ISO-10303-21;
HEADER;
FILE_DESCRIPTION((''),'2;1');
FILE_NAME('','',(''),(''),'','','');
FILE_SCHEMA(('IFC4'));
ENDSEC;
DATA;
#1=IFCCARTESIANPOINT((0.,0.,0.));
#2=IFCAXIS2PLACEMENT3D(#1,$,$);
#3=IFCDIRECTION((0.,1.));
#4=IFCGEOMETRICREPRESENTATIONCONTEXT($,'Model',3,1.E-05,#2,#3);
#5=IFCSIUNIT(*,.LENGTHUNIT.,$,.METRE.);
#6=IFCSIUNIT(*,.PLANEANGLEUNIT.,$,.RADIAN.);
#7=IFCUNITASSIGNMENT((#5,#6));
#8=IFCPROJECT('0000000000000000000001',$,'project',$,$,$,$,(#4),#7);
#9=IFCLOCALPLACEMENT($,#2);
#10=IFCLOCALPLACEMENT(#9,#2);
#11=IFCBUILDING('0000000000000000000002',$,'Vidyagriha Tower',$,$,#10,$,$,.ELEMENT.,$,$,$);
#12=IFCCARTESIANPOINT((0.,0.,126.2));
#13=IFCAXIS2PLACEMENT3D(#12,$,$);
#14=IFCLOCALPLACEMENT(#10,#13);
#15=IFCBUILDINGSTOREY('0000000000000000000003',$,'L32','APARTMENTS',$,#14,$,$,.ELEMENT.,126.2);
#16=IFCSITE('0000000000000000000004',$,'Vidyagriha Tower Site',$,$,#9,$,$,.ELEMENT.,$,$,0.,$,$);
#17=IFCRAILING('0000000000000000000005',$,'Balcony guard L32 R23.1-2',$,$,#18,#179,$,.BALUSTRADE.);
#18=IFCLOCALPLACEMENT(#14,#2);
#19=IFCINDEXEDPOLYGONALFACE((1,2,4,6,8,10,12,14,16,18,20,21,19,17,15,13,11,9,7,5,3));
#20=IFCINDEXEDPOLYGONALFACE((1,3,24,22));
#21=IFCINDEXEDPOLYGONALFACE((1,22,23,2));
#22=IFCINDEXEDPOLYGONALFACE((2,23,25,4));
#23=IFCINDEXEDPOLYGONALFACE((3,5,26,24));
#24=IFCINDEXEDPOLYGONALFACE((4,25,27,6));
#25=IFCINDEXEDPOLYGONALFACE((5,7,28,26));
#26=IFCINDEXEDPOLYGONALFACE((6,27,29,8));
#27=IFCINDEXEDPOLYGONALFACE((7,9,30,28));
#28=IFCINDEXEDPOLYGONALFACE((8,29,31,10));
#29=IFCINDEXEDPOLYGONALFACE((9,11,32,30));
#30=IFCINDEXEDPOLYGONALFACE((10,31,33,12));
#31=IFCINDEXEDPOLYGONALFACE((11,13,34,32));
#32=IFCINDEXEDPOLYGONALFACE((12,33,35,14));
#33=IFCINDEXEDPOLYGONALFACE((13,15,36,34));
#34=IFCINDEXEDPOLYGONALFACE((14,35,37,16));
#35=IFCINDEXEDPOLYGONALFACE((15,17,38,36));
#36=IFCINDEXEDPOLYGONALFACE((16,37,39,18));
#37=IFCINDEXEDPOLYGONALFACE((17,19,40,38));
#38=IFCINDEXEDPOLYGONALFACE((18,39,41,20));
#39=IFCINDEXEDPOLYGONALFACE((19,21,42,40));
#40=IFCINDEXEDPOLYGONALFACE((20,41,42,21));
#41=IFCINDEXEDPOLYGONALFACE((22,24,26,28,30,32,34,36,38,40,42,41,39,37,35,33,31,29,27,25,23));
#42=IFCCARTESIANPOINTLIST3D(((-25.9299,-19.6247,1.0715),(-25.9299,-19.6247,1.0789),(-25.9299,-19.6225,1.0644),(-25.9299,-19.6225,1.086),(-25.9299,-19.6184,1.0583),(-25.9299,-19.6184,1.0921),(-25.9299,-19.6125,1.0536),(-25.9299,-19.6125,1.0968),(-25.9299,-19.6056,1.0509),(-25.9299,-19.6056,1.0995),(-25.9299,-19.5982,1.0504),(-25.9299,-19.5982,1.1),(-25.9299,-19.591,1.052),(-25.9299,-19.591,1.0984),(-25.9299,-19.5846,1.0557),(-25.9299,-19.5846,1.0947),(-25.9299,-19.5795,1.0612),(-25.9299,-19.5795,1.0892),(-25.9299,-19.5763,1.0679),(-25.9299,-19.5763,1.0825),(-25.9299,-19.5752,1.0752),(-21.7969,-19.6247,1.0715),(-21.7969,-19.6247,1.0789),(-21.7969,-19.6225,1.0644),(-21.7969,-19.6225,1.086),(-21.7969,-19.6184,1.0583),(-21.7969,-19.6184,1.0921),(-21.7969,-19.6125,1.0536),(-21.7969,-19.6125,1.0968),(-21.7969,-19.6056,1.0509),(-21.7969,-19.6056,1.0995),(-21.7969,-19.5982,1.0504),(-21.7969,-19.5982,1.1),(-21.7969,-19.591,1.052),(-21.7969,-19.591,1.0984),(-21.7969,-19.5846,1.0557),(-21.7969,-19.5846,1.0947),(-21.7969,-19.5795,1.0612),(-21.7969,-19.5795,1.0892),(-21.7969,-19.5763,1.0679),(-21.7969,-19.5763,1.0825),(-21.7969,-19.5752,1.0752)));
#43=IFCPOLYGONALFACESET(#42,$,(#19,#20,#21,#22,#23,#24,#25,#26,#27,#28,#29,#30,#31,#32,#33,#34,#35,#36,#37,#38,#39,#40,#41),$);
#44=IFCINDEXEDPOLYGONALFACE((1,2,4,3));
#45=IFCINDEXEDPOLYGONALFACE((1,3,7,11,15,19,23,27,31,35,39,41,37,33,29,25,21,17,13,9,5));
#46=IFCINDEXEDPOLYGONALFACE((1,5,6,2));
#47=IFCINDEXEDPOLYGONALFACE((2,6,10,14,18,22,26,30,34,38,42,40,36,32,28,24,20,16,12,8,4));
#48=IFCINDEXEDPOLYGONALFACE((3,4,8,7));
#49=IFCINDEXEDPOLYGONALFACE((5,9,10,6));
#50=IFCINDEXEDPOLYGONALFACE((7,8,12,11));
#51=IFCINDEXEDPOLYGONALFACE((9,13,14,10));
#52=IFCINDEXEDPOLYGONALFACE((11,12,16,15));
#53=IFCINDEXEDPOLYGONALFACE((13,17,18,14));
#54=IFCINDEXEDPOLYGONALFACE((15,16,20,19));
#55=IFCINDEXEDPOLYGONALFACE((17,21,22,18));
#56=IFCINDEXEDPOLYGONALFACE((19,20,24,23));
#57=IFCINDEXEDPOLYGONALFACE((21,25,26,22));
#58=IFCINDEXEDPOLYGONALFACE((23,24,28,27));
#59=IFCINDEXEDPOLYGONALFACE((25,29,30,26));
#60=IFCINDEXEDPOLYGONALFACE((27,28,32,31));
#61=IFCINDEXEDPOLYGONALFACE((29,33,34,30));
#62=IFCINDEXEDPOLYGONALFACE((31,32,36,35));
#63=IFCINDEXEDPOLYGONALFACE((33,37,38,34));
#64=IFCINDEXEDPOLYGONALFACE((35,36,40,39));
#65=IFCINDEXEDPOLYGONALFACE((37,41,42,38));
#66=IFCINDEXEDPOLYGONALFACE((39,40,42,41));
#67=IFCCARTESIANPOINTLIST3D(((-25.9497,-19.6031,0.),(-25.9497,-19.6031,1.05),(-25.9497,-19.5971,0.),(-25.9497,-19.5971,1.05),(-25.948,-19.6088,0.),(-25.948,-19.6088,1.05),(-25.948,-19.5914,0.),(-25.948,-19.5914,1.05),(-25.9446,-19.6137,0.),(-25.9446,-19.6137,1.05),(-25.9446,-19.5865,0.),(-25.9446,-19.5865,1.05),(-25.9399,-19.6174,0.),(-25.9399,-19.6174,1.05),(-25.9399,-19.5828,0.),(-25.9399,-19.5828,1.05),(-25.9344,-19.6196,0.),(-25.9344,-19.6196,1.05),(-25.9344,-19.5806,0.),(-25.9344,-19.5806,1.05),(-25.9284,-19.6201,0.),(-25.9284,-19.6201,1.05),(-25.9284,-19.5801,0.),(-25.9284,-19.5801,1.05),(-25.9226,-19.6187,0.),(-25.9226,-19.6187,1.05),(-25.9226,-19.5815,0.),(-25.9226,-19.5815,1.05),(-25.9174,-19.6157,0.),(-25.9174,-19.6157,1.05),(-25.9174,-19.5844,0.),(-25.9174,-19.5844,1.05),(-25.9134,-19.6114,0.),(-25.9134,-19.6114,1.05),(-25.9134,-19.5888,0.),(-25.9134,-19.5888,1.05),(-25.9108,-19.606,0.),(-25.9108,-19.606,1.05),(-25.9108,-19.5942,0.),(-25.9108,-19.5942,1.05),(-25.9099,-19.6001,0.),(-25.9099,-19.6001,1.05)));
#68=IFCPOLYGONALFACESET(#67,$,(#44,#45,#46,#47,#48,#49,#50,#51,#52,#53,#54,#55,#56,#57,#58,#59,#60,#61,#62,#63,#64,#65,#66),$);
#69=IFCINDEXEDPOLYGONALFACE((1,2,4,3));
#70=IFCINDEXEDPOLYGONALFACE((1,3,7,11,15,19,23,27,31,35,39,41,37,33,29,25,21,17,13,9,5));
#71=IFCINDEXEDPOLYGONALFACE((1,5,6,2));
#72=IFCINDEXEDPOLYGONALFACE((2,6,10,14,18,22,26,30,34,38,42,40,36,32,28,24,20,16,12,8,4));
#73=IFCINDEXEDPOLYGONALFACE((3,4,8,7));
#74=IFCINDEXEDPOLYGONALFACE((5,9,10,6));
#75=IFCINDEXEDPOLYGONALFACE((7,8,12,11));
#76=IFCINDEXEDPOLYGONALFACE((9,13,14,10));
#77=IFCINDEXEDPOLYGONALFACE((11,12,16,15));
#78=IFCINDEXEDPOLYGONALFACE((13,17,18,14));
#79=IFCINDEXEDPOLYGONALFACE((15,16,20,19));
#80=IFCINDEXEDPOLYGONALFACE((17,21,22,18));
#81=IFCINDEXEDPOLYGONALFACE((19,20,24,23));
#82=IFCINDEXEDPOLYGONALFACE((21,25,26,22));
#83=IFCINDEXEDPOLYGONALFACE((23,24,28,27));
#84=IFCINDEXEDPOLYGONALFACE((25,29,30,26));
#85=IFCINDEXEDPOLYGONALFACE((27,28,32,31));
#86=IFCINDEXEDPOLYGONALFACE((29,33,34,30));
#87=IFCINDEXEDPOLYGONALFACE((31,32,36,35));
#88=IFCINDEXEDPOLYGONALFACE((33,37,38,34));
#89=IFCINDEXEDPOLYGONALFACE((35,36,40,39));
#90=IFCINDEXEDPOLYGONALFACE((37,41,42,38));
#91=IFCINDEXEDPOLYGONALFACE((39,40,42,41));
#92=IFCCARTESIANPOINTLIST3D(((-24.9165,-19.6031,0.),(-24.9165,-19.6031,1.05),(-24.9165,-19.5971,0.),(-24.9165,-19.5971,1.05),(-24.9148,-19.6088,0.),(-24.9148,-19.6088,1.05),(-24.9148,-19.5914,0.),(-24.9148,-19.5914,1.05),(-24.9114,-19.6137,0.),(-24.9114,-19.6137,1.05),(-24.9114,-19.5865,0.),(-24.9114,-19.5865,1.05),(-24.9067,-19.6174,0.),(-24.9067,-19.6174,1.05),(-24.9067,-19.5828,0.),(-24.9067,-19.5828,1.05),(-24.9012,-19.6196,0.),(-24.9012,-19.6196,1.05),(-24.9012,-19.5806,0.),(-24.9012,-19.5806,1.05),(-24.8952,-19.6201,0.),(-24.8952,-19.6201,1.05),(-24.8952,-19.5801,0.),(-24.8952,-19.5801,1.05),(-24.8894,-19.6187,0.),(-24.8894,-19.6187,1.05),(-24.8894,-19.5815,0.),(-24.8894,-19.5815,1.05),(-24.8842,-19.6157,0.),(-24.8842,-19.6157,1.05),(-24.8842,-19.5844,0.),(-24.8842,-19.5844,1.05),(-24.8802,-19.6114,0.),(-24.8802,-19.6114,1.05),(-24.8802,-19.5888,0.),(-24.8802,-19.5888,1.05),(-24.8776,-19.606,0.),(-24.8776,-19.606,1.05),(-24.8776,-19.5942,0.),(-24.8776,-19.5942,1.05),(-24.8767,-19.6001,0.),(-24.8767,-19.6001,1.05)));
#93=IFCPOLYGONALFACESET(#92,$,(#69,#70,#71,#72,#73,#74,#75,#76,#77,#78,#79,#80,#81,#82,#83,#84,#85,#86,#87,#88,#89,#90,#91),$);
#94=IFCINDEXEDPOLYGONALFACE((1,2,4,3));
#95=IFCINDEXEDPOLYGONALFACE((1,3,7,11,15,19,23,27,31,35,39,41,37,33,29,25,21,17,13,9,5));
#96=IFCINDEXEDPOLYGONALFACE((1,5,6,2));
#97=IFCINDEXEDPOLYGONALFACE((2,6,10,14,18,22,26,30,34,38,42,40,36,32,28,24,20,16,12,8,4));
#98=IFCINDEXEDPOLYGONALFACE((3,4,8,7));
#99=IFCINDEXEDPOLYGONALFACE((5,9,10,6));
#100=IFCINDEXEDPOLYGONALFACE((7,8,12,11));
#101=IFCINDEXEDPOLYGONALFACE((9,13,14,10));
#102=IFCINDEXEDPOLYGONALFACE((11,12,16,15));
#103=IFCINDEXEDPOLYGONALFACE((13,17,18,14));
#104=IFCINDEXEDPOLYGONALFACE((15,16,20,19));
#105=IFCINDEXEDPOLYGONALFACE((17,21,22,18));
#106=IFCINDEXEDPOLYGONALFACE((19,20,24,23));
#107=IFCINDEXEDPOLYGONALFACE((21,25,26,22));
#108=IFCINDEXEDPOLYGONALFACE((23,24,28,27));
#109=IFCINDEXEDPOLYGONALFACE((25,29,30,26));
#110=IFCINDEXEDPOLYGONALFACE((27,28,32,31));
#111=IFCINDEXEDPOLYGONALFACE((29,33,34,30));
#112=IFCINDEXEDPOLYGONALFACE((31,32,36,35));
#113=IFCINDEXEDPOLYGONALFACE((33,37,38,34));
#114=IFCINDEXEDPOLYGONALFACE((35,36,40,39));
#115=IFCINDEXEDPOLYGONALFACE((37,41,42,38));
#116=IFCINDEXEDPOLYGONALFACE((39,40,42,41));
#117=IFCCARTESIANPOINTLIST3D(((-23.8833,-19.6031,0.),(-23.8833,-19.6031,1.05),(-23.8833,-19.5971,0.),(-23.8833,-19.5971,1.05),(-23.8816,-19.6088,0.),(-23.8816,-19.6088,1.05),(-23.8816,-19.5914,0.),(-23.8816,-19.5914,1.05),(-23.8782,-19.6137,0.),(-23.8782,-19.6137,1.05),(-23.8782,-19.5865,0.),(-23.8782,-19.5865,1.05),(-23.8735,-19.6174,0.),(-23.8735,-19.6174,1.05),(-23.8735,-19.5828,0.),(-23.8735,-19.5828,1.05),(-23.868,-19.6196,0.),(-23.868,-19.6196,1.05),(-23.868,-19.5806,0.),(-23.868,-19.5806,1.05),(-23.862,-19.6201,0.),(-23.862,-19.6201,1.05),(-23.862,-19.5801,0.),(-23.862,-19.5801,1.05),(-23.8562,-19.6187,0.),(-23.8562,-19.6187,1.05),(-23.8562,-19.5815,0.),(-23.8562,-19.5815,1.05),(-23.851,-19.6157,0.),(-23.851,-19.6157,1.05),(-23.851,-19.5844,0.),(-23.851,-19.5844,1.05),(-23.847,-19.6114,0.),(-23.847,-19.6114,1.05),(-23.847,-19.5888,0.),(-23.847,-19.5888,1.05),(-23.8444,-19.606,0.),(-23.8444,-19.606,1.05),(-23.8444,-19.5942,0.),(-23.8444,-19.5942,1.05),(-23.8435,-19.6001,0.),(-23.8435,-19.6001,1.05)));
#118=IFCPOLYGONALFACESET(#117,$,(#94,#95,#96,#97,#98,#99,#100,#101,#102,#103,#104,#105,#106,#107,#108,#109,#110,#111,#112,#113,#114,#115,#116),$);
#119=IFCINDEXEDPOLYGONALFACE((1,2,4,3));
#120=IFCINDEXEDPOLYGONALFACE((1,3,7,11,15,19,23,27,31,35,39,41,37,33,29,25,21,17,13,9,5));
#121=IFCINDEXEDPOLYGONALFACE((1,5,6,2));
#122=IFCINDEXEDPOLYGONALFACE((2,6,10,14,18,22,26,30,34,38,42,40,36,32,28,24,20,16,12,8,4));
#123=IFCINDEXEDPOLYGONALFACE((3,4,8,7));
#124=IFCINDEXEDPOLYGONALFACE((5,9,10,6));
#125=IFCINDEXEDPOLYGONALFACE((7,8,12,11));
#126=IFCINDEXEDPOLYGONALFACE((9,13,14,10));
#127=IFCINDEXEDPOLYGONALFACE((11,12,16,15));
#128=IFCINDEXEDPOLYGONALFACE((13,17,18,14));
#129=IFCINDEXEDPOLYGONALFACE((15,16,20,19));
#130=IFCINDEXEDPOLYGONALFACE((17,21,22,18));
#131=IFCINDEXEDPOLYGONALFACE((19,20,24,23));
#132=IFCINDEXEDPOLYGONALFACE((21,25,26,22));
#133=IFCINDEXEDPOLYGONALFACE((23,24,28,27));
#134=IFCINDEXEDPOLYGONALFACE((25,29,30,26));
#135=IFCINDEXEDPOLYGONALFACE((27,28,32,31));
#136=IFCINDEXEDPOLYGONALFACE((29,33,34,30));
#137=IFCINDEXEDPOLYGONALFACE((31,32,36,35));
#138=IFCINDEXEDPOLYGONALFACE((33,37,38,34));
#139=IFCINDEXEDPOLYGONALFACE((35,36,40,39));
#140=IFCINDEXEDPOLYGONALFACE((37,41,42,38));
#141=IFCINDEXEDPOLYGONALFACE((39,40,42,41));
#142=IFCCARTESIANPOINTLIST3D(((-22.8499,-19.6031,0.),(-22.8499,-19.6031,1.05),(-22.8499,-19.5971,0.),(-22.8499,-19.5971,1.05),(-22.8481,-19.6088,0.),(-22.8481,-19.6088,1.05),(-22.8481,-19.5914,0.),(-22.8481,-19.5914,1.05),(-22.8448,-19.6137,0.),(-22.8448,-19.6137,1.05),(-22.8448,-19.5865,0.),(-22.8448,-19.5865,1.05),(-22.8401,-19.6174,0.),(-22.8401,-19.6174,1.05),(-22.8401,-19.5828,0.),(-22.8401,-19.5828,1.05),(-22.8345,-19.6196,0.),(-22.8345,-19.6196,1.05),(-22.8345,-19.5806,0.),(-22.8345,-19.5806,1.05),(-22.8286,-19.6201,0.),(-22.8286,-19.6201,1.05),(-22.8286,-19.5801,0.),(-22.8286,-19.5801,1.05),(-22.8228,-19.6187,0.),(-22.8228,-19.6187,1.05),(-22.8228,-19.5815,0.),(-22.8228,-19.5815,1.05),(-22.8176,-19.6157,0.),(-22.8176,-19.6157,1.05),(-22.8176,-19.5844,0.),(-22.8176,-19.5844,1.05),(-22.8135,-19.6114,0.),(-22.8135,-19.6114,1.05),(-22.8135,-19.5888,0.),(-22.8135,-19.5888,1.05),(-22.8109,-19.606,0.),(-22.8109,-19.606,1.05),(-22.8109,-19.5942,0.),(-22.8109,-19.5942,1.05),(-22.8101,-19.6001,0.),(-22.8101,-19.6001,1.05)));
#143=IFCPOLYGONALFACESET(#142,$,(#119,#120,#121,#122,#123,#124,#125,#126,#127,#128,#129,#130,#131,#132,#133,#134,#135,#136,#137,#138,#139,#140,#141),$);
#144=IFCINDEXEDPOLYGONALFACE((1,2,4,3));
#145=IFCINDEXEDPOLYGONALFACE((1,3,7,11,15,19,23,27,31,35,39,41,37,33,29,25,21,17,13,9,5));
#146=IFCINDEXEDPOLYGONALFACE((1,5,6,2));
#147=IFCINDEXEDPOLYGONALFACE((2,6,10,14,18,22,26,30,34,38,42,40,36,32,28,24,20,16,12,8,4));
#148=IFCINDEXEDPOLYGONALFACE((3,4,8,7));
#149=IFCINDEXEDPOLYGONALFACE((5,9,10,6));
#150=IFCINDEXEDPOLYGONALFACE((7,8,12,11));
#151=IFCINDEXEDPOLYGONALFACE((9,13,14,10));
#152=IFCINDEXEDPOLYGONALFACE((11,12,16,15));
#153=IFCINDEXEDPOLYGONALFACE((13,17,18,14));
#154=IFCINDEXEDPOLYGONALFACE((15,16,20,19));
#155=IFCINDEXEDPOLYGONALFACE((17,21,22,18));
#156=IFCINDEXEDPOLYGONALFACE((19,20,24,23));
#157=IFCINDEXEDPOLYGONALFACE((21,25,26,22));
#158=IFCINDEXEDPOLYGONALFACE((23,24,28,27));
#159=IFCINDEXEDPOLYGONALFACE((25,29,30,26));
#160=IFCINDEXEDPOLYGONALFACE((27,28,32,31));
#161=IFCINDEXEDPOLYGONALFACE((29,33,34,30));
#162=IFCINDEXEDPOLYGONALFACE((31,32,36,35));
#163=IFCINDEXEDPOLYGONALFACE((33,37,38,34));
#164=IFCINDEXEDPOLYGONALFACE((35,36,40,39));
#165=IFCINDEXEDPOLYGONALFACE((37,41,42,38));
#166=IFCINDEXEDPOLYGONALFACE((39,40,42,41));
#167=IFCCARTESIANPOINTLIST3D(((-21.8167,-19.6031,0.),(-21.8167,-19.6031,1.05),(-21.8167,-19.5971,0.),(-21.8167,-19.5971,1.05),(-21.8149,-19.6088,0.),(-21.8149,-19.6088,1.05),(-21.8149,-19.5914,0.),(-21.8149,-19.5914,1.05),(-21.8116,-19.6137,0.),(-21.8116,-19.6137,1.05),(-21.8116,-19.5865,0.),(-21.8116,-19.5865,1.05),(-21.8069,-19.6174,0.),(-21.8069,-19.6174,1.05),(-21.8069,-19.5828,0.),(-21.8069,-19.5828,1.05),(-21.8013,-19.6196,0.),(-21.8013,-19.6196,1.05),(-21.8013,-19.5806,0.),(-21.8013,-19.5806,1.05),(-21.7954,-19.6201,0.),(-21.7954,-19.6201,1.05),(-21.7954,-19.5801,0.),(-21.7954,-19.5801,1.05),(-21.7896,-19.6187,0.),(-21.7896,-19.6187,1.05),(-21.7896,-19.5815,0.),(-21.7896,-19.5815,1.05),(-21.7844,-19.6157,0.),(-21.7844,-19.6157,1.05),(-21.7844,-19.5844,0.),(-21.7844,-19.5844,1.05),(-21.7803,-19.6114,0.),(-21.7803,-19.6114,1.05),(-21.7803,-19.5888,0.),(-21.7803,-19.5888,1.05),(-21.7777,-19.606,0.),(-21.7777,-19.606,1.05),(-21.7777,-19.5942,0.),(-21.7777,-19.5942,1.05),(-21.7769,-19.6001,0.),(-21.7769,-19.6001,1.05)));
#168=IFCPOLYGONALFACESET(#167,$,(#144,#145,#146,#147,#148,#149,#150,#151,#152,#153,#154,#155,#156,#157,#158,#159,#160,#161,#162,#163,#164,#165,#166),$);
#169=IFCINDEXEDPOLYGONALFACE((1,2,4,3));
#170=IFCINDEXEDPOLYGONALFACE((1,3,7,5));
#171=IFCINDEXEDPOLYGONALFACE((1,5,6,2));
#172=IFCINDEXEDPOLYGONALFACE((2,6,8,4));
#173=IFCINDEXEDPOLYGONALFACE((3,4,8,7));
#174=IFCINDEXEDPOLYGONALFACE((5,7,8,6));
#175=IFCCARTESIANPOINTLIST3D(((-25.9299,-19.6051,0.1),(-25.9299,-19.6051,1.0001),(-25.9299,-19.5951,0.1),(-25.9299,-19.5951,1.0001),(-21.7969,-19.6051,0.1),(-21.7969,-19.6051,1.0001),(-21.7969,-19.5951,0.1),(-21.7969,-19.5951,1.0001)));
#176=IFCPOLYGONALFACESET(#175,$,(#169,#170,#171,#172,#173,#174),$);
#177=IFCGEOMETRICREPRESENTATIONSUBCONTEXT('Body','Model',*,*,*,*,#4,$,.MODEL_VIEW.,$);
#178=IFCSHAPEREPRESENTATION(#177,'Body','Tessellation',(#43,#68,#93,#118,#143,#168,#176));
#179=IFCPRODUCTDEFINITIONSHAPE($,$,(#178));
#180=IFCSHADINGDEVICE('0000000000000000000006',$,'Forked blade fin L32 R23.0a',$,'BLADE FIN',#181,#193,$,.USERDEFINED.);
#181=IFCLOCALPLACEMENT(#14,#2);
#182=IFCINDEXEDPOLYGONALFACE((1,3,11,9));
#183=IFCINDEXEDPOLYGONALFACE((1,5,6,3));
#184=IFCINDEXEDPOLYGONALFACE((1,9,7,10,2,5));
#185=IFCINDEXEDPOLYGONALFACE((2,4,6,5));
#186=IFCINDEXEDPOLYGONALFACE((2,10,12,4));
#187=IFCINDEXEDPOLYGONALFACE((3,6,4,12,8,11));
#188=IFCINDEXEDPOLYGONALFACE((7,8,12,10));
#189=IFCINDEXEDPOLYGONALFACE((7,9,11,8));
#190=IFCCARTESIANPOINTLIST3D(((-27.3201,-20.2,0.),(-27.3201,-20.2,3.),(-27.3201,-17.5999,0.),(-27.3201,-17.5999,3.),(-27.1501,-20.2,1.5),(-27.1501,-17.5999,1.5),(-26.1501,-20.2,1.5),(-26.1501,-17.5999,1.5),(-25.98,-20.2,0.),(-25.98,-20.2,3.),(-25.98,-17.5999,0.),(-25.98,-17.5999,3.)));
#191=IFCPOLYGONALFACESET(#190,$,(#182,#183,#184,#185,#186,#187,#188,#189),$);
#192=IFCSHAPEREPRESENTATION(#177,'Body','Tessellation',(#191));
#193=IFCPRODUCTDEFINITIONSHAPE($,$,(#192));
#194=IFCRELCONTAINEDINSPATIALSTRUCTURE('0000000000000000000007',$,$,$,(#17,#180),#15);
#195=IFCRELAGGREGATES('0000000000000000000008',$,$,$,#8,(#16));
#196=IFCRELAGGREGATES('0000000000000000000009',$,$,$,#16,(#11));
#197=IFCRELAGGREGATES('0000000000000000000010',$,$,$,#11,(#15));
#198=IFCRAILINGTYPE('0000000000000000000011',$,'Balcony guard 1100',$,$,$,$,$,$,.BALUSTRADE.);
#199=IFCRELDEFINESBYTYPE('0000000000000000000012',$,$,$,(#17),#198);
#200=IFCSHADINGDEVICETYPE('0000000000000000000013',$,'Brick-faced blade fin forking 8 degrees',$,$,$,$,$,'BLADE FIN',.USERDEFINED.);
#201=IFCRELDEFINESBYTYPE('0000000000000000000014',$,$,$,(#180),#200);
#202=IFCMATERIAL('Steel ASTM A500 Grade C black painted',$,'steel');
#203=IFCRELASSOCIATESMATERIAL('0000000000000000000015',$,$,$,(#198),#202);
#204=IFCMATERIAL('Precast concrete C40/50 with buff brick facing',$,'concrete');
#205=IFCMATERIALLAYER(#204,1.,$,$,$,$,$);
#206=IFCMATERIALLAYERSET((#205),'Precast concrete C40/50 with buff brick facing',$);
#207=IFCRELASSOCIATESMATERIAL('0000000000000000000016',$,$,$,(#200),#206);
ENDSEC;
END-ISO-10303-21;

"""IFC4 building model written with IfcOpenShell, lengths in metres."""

from ifc_helpers import new_model, si_unit, direction, frame, origin, origin_2d, place, context, subcontext, project, spatial, polyline, rectangle, circle, outline, extrude, material, layer, layer_set, type_object, element, save


model = new_model("IFC4")

# Units and contexts
model_context = context("Model", 3, precision=1e-05, world=origin(), true_north=direction((0.0, 1.0)))
body_context = subcontext(model_context, "Body", "Model", "MODEL_VIEW")
ifc_project = project(units=[si_unit("LENGTHUNIT", "METRE"), si_unit("PLANEANGLEUNIT", "RADIAN")], contexts=[model_context])

# Site, building, storey
site_placement = place(None, origin())
site = spatial("IfcSite", under=ifc_project, at=site_placement, Name="Vidyagriha Tower Site", CompositionType="ELEMENT", RefElevation=0.0)
building_placement = place(site_placement, origin())
building = spatial("IfcBuilding", under=site, at=building_placement, Name="Vidyagriha Tower", CompositionType="ELEMENT")
storey_placement = place(building_placement, frame((0.0, 0.0, 126.2)))
storey = spatial("IfcBuildingStorey", under=building, at=storey_placement, Name="L32", Description="APARTMENTS", CompositionType="ELEMENT", Elevation=126.2)

# Railing
ifc_material_1 = material(Name="Steel ASTM A500 Grade C black painted", Category="steel")
railing_type_1 = type_object("IfcRailingType", Name="Balcony guard 1100", PredefinedType="BALUSTRADE", material=ifc_material_1)
railing_1_placement = place(storey_placement, frame((-25.9299, -19.6001, 0.0)))
element("IfcRailing", 1, at=railing_1_placement, inside=storey, type_object=railing_type_1, Name="Balcony guard L32 R23.1-2", PredefinedType="BALUSTRADE", context=body_context, shape_type="SweptSolid", body=[
    extrude(circle(Radius=0.0249, at=origin_2d()), frame((0.0, 0.0, 1.0752), z_axis=(1.0, 0.0, 0.0), x_axis=(0.0, 1.0, 0.0)), (0.0, 0.0, 1.0), 4.1331),
    extrude(circle(Radius=0.02, at=origin_2d()), origin(), (0.0, 0.0, 1.0), 1.05),
    extrude(circle(Radius=0.02, at=origin_2d()), frame((1.0332, 0.0, 0.0)), (0.0, 0.0, 1.0), 1.05),
    extrude(circle(Radius=0.02, at=origin_2d()), frame((2.0664, 0.0, 0.0)), (0.0, 0.0, 1.0), 1.05),
    extrude(circle(Radius=0.02, at=origin_2d()), frame((3.0999, 0.0, 0.0)), (0.0, 0.0, 1.0), 1.05),
    extrude(circle(Radius=0.02, at=origin_2d()), frame((4.1331, 0.0, 0.0)), (0.0, 0.0, 1.0), 1.05),
    extrude(rectangle(XDim=0.01, YDim=0.9001, at=origin_2d()), frame((0.0, 0.0, 0.55), z_axis=(1.0, 0.0, 0.0), x_axis=(0.0, 1.0, 0.0)), (0.0, 0.0, 1.0), 4.1331),
])

# Shading device
ifc_material_2 = material(Name="Precast concrete C40/50 with buff brick facing", Category="concrete")
ifc_layer_1 = layer(ifc_material_2, 1.0)
ifc_layer_set_1 = layer_set([ifc_layer_1], Name="Precast concrete C40/50 with buff brick facing")
shading_device_type = type_object("IfcShadingDeviceType", Name="Brick-faced blade fin forking 8 degrees", ElementType="BLADE FIN", PredefinedType="USERDEFINED", material=ifc_layer_set_1)
shading_device_placement = place(storey_placement, frame((-27.3201, -18.8999, 0.0)))
element("IfcShadingDevice", 2, at=shading_device_placement, inside=storey, type_object=shading_device_type, Name="Forked blade fin L32 R23.0a", ObjectType="BLADE FIN", PredefinedType="USERDEFINED", context=body_context, shape_type="SweptSolid", body=[
    extrude(outline(polyline([(0.0, 0.0), (1.3401, 0.0), (1.1699, 1.5), (1.3401, 3.0), (0.0, 3.0), (0.1699, 1.5), (0.0, 0.0)])), frame((0.0, 1.3, 0.0), z_axis=(0.0, -1.0, 0.0), x_axis=(1.0, 0.0, 0.0)), (0.0, 0.0, 1.0), 2.6001),
])

save(model, "model.ifc")
